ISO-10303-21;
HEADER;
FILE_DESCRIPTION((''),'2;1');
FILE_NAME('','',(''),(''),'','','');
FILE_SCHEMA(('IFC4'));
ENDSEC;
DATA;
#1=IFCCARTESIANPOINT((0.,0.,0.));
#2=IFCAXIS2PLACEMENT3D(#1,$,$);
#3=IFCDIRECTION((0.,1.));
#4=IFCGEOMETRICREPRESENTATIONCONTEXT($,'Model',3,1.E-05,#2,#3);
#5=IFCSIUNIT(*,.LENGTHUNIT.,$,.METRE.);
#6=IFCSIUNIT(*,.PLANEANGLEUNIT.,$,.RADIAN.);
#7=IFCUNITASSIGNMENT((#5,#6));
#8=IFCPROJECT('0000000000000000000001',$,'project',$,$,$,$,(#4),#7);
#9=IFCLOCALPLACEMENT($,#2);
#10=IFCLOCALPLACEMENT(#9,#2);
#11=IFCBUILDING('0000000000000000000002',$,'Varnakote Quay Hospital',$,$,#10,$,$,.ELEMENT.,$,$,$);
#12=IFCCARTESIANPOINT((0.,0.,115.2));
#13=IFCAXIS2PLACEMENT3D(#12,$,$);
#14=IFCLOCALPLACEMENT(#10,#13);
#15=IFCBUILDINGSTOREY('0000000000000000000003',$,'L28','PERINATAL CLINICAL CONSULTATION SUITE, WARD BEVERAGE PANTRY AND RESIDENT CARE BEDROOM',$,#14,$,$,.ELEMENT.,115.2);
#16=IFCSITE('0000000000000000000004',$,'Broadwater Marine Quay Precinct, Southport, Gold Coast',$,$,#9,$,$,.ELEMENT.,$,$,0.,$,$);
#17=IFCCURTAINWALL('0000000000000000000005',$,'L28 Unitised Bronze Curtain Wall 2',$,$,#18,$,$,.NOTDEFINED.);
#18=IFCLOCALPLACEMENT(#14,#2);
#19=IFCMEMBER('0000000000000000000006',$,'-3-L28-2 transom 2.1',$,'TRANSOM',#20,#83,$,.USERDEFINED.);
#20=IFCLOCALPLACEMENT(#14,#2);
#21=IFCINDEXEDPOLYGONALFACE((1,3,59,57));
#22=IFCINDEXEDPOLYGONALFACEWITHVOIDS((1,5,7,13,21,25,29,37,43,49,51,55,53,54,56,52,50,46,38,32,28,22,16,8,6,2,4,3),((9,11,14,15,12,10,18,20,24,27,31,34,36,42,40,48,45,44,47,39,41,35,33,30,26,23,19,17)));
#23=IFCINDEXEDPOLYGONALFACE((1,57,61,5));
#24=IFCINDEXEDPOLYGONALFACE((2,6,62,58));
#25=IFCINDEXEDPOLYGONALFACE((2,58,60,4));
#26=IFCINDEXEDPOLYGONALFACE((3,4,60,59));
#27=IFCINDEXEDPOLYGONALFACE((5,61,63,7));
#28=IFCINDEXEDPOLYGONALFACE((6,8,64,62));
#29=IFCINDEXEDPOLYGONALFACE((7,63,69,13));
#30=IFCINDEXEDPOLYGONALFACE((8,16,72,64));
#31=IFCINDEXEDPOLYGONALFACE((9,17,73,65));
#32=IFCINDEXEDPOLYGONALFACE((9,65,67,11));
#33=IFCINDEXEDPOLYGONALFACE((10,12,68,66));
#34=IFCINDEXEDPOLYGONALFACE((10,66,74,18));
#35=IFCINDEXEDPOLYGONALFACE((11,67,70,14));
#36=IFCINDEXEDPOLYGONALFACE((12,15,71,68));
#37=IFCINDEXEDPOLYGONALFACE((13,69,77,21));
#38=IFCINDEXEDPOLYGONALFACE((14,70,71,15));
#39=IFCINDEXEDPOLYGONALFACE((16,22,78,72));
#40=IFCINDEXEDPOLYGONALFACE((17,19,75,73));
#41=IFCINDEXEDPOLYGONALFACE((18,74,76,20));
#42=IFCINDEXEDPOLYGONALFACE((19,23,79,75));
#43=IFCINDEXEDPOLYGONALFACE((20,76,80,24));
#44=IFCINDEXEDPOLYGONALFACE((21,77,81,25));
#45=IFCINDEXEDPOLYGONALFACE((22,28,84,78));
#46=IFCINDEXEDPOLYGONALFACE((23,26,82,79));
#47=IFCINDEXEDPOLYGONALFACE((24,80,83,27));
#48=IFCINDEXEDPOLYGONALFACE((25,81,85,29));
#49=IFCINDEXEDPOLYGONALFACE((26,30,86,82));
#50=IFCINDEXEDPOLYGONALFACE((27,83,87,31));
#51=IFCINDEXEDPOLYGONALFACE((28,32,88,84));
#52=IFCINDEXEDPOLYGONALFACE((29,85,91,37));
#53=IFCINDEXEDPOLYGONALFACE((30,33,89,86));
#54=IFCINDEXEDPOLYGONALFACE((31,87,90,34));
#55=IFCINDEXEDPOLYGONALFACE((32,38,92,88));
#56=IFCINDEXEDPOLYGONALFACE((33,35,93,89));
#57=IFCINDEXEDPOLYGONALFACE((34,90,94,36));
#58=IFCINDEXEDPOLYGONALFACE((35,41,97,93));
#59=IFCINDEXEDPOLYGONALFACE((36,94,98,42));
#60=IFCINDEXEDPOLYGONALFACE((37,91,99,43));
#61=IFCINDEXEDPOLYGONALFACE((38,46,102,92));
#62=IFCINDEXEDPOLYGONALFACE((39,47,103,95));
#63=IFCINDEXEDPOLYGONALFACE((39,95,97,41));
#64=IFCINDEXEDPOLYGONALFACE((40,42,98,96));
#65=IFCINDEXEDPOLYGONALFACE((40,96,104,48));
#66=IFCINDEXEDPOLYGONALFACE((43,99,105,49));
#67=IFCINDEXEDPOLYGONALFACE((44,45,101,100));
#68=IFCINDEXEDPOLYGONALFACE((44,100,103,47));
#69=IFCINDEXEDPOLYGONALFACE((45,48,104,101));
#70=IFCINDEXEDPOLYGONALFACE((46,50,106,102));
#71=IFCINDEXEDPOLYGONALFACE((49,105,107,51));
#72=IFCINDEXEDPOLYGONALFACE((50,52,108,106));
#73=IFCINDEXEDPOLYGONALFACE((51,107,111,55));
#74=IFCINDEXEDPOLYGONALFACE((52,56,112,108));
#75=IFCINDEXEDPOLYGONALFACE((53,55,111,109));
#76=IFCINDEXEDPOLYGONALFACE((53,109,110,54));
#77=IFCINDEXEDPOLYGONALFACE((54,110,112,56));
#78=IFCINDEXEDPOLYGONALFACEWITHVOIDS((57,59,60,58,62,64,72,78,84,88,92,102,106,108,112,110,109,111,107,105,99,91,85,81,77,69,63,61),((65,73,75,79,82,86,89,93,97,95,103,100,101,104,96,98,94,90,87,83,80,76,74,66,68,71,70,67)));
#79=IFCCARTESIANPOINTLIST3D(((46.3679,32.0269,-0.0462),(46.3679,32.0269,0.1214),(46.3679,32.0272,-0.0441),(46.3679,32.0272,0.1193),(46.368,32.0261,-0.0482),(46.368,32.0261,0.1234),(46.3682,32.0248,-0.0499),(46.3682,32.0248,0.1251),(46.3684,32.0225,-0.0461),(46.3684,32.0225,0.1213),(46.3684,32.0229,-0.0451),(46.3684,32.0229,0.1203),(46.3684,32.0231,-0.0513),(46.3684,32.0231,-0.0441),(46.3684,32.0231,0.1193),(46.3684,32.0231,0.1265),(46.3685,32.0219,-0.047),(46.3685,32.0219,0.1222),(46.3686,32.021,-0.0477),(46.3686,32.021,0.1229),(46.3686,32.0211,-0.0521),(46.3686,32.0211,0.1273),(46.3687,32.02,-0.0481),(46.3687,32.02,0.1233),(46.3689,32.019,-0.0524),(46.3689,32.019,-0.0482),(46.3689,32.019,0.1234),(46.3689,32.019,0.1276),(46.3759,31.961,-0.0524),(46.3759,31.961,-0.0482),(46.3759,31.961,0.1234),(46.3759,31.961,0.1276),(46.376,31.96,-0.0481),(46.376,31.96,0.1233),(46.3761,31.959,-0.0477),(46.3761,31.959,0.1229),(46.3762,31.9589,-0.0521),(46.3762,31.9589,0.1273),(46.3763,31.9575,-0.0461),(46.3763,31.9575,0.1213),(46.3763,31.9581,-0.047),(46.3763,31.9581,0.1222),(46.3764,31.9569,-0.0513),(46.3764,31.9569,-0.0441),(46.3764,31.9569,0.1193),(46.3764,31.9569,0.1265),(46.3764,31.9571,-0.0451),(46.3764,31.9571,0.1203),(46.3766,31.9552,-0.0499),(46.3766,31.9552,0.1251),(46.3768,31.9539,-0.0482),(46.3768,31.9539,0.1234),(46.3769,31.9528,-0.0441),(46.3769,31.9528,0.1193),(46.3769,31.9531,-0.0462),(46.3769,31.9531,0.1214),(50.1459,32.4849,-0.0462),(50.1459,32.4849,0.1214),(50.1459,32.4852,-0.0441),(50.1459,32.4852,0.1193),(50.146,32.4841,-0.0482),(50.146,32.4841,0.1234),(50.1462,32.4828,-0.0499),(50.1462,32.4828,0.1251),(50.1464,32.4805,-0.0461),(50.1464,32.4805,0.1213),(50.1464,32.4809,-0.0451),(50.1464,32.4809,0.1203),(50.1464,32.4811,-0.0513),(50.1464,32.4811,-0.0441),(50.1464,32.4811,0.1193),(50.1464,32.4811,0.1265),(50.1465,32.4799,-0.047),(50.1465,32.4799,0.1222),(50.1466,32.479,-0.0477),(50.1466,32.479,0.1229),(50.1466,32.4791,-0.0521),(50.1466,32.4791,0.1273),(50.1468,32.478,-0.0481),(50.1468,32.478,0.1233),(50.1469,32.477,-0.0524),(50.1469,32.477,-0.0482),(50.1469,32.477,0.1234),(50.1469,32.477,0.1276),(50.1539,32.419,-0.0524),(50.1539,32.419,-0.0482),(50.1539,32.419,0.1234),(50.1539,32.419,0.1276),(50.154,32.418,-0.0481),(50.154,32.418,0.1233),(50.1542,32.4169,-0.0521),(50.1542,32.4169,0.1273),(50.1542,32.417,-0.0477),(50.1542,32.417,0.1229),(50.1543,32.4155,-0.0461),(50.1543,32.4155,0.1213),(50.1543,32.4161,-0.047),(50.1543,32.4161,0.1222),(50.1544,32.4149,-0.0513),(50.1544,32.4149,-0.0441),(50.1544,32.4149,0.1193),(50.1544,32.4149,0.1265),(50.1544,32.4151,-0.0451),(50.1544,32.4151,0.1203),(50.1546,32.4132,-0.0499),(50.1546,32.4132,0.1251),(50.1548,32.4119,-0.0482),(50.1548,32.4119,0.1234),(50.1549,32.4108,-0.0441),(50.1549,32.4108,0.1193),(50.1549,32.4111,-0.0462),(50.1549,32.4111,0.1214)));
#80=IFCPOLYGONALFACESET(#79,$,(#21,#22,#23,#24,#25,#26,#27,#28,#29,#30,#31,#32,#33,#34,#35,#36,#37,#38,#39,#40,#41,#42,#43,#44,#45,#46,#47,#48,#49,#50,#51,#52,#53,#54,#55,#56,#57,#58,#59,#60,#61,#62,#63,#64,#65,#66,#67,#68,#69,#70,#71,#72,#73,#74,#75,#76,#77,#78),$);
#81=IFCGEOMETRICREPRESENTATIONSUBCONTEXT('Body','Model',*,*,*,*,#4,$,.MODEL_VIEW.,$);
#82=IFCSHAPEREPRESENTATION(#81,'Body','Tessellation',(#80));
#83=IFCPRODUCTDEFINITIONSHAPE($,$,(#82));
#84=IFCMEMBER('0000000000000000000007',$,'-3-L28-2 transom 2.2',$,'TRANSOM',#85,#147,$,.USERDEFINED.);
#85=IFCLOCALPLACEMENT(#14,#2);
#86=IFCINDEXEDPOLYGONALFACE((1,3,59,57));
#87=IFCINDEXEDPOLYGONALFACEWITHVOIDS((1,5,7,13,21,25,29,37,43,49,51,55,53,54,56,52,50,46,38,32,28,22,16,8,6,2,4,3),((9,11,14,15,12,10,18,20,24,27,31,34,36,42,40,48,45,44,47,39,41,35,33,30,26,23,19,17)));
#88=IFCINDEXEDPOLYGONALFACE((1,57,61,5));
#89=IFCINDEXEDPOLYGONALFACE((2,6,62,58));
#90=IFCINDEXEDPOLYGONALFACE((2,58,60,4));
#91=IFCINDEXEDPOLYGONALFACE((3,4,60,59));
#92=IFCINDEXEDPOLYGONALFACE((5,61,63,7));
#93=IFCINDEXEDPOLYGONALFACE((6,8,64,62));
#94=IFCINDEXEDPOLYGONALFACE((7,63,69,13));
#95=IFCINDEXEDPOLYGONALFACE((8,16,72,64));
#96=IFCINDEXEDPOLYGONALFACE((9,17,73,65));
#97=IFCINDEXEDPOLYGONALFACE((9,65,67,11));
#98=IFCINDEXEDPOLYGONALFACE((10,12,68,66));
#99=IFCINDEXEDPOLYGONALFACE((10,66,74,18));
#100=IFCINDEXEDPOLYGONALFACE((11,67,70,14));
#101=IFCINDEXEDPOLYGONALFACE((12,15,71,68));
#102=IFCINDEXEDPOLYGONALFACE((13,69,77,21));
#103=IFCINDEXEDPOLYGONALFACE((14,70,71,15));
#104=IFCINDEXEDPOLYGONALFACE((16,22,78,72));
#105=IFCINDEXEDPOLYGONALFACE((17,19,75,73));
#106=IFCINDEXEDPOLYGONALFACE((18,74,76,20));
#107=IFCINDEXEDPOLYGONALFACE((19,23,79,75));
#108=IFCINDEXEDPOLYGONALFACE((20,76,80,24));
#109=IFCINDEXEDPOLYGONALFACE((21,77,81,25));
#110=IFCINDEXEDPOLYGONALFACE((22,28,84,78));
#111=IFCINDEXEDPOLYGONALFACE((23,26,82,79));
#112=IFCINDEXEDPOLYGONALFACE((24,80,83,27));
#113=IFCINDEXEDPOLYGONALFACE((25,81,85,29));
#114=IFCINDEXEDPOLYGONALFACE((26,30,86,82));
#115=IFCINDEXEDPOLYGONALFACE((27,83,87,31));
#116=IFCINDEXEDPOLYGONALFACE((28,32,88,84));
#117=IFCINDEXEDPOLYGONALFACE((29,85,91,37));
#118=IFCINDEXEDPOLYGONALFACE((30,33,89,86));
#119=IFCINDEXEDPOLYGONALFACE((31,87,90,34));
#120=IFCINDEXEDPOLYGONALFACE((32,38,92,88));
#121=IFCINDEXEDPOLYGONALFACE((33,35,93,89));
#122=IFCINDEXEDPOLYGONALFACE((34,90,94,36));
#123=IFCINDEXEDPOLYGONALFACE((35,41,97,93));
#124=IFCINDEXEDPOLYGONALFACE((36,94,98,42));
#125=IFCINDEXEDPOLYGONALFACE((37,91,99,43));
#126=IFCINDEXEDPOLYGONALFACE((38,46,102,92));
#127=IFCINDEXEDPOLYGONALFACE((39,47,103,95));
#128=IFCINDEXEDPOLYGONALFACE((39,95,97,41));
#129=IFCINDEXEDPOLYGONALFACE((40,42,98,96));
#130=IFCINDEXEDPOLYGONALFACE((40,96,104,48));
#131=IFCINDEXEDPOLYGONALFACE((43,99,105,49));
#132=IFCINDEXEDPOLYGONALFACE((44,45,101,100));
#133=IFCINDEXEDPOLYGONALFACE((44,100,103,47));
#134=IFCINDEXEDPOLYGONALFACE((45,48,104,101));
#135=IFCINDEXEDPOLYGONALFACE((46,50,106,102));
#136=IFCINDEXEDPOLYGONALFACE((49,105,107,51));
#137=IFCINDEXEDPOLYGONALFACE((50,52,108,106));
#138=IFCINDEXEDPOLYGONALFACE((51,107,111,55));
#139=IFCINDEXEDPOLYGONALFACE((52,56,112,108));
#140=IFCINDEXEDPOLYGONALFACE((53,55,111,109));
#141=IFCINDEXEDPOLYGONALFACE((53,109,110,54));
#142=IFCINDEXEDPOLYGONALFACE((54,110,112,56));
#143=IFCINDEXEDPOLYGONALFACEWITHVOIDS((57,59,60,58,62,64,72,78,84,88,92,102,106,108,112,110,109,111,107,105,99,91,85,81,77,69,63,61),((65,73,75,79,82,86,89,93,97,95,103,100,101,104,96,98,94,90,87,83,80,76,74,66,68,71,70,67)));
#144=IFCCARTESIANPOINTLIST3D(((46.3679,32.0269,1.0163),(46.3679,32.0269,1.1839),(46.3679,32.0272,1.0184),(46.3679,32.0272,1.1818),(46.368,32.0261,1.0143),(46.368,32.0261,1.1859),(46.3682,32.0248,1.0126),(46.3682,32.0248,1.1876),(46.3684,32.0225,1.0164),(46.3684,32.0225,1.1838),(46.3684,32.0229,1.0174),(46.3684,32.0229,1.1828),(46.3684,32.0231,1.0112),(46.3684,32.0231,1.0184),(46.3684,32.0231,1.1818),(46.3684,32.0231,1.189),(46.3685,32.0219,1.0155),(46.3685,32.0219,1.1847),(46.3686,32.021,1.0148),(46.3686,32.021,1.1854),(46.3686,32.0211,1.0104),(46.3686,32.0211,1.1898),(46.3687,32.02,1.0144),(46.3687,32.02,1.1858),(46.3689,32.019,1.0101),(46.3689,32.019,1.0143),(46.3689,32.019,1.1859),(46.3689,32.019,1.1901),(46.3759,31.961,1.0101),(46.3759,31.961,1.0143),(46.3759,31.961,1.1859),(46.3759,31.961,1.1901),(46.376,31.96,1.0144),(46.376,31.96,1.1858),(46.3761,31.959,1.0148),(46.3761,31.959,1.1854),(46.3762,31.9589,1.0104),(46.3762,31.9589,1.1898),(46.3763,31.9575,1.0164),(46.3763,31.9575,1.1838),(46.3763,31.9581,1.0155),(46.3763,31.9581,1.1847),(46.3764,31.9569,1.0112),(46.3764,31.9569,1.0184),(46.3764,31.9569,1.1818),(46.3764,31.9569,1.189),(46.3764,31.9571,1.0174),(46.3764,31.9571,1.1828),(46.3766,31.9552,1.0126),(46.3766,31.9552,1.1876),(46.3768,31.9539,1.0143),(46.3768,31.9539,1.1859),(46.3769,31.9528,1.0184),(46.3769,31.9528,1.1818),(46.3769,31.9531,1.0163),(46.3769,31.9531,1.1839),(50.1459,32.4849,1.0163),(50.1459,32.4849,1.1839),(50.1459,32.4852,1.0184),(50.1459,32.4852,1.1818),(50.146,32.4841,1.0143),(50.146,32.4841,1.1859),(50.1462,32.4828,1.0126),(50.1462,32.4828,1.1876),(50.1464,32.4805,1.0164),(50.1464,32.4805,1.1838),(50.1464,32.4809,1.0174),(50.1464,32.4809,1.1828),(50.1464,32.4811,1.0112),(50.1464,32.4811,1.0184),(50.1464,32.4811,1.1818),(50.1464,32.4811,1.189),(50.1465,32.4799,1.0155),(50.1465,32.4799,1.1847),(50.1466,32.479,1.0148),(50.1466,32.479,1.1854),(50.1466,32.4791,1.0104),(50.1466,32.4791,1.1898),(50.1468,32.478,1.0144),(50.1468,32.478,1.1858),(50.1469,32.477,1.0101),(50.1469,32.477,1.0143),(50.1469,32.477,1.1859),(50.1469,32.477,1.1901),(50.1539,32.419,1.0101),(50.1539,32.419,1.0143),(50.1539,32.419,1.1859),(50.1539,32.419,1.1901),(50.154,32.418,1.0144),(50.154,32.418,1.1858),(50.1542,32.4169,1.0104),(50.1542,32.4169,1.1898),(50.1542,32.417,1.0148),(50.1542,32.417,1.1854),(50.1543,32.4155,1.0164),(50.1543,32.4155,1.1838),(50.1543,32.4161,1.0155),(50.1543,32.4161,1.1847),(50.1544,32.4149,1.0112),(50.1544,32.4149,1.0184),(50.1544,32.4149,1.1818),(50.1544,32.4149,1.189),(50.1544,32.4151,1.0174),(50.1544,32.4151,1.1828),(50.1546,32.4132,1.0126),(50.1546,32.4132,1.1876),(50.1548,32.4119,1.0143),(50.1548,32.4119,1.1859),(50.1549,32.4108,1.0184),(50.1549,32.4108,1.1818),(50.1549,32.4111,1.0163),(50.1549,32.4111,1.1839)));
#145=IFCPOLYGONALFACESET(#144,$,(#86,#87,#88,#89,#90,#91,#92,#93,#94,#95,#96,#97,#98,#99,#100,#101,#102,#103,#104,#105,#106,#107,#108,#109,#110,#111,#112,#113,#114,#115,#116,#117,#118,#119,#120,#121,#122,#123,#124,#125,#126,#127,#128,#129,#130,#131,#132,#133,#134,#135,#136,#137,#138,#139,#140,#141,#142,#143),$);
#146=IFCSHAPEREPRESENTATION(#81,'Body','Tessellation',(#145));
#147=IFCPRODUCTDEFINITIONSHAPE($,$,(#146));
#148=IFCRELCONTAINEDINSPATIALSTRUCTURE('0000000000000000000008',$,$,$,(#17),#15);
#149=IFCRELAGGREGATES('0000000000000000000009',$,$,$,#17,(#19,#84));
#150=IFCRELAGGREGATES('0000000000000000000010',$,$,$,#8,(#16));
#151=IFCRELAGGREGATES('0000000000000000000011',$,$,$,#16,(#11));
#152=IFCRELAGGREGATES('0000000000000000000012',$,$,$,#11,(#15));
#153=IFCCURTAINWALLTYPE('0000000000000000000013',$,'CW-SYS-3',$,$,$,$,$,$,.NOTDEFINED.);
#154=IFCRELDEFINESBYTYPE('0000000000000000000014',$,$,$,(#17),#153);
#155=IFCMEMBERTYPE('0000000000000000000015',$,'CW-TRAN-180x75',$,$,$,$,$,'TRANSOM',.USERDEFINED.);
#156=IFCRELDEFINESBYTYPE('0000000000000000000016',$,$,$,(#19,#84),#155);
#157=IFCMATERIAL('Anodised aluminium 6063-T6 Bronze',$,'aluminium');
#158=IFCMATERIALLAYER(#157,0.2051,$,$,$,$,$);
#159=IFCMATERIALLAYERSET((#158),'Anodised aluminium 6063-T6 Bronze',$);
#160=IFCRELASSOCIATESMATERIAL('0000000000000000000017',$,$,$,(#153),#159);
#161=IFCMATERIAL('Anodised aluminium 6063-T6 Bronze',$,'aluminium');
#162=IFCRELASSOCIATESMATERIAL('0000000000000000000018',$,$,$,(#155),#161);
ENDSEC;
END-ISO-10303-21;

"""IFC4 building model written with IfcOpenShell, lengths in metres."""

from ifc_helpers import new_model, si_unit, direction, frame, origin, origin_2d, place, context, subcontext, project, spatial, hollow_rectangle, extrude, material, layer, layer_set, material_profile, profile_set, type_object, element, aggregate, save


model = new_model("IFC4")

# Units and contexts
model_context = context("Model", 3, precision=1e-05, world=origin(), true_north=direction((0.0, 1.0)))
body_context = subcontext(model_context, "Body", "Model", "MODEL_VIEW")
ifc_project = project(units=[si_unit("LENGTHUNIT", "METRE"), si_unit("PLANEANGLEUNIT", "RADIAN")], contexts=[model_context])

# Site, building, storey
site_placement = place(None, origin())
site = spatial("IfcSite", under=ifc_project, at=site_placement, Name="Broadwater Marine Quay Precinct, Southport, Gold Coast", CompositionType="ELEMENT", RefElevation=0.0)
building_placement = place(site_placement, origin())
building = spatial("IfcBuilding", under=site, at=building_placement, Name="Varnakote Quay Hospital", CompositionType="ELEMENT")
storey_placement = place(building_placement, frame((0.0, 0.0, 115.2)))
storey = spatial("IfcBuildingStorey", under=building, at=storey_placement, Name="L28", Description="PERINATAL CLINICAL CONSULTATION SUITE, WARD BEVERAGE PANTRY AND RESIDENT CARE BEDROOM", CompositionType="ELEMENT", Elevation=115.2)

# Shared definitions
ifc_material_1 = material(Name="Anodised aluminium 6063-T6 Bronze", Category="aluminium")
ifc_layer_1 = layer(ifc_material_1, 0.2051)
ifc_layer_set_1 = layer_set([ifc_layer_1], Name="Anodised aluminium 6063-T6 Bronze")
curtain_wall_type = type_object("IfcCurtainWallType", Name="CW-SYS-3", PredefinedType="NOTDEFINED", material=ifc_layer_set_1)

# Curtain wall, members
curtain_wall_1_placement = place(storey_placement, origin())
curtain_wall_1 = element("IfcCurtainWall", 1, at=curtain_wall_1_placement, inside=storey, type_object=curtain_wall_type, Name="L28 Unitised Bronze Curtain Wall 2", PredefinedType="NOTDEFINED")
ifc_material_2 = material(Name="Anodised aluminium 6063-T6 Bronze", Category="aluminium")
ifc_material_profile_1 = material_profile(ifc_material_2, hollow_rectangle(XDim=0.075, YDim=0.1799, WallThickness=0.0042, InnerFilletRadius=0.0042, OuterFilletRadius=0.0083, at=origin_2d()), Name="CW-TRAN-180x75")
ifc_profile_set_1 = profile_set([ifc_material_profile_1], Name="Anodised aluminium 6063-T6 Bronze")
member_type_1 = type_object("IfcMemberType", Name="CW-TRAN-180x75", ElementType="TRANSOM", PredefinedType="USERDEFINED", material=ifc_profile_set_1)
member_1_placement = place(storey_placement, frame((50.1504, 32.448, 0.0376), z_axis=(-0.992732, -0.120347, 0.0), x_axis=(0.120347, -0.992732, 0.0)))
member_1 = element("IfcMember", 2, at=member_1_placement, type_object=member_type_1, Name="-3-L28-2 transom 2.1", ObjectType="TRANSOM", PredefinedType="USERDEFINED", context=body_context, shape_type="SweptSolid", body=[
    extrude(hollow_rectangle(XDim=0.075, YDim=0.1799, WallThickness=0.0042, InnerFilletRadius=0.0042, OuterFilletRadius=0.0083, at=origin_2d()), origin(), (0.0, 0.0, 1.0), 3.8057),
])
member_2_placement = place(storey_placement, frame((50.1504, 32.448, 1.1001), z_axis=(-0.992732, -0.120347, 0.0), x_axis=(0.120347, -0.992732, 0.0)))
member_2 = element("IfcMember", 3, at=member_2_placement, type_object=member_type_1, Name="-3-L28-2 transom 2.2", ObjectType="TRANSOM", PredefinedType="USERDEFINED", context=body_context, shape_type="SweptSolid", body=[
    extrude(hollow_rectangle(XDim=0.075, YDim=0.1799, WallThickness=0.0042, InnerFilletRadius=0.0042, OuterFilletRadius=0.0083, at=origin_2d()), origin(), (0.0, 0.0, 1.0), 3.8057),
])

aggregate(curtain_wall_1, [member_1, member_2])

save(model, "model.ifc")
